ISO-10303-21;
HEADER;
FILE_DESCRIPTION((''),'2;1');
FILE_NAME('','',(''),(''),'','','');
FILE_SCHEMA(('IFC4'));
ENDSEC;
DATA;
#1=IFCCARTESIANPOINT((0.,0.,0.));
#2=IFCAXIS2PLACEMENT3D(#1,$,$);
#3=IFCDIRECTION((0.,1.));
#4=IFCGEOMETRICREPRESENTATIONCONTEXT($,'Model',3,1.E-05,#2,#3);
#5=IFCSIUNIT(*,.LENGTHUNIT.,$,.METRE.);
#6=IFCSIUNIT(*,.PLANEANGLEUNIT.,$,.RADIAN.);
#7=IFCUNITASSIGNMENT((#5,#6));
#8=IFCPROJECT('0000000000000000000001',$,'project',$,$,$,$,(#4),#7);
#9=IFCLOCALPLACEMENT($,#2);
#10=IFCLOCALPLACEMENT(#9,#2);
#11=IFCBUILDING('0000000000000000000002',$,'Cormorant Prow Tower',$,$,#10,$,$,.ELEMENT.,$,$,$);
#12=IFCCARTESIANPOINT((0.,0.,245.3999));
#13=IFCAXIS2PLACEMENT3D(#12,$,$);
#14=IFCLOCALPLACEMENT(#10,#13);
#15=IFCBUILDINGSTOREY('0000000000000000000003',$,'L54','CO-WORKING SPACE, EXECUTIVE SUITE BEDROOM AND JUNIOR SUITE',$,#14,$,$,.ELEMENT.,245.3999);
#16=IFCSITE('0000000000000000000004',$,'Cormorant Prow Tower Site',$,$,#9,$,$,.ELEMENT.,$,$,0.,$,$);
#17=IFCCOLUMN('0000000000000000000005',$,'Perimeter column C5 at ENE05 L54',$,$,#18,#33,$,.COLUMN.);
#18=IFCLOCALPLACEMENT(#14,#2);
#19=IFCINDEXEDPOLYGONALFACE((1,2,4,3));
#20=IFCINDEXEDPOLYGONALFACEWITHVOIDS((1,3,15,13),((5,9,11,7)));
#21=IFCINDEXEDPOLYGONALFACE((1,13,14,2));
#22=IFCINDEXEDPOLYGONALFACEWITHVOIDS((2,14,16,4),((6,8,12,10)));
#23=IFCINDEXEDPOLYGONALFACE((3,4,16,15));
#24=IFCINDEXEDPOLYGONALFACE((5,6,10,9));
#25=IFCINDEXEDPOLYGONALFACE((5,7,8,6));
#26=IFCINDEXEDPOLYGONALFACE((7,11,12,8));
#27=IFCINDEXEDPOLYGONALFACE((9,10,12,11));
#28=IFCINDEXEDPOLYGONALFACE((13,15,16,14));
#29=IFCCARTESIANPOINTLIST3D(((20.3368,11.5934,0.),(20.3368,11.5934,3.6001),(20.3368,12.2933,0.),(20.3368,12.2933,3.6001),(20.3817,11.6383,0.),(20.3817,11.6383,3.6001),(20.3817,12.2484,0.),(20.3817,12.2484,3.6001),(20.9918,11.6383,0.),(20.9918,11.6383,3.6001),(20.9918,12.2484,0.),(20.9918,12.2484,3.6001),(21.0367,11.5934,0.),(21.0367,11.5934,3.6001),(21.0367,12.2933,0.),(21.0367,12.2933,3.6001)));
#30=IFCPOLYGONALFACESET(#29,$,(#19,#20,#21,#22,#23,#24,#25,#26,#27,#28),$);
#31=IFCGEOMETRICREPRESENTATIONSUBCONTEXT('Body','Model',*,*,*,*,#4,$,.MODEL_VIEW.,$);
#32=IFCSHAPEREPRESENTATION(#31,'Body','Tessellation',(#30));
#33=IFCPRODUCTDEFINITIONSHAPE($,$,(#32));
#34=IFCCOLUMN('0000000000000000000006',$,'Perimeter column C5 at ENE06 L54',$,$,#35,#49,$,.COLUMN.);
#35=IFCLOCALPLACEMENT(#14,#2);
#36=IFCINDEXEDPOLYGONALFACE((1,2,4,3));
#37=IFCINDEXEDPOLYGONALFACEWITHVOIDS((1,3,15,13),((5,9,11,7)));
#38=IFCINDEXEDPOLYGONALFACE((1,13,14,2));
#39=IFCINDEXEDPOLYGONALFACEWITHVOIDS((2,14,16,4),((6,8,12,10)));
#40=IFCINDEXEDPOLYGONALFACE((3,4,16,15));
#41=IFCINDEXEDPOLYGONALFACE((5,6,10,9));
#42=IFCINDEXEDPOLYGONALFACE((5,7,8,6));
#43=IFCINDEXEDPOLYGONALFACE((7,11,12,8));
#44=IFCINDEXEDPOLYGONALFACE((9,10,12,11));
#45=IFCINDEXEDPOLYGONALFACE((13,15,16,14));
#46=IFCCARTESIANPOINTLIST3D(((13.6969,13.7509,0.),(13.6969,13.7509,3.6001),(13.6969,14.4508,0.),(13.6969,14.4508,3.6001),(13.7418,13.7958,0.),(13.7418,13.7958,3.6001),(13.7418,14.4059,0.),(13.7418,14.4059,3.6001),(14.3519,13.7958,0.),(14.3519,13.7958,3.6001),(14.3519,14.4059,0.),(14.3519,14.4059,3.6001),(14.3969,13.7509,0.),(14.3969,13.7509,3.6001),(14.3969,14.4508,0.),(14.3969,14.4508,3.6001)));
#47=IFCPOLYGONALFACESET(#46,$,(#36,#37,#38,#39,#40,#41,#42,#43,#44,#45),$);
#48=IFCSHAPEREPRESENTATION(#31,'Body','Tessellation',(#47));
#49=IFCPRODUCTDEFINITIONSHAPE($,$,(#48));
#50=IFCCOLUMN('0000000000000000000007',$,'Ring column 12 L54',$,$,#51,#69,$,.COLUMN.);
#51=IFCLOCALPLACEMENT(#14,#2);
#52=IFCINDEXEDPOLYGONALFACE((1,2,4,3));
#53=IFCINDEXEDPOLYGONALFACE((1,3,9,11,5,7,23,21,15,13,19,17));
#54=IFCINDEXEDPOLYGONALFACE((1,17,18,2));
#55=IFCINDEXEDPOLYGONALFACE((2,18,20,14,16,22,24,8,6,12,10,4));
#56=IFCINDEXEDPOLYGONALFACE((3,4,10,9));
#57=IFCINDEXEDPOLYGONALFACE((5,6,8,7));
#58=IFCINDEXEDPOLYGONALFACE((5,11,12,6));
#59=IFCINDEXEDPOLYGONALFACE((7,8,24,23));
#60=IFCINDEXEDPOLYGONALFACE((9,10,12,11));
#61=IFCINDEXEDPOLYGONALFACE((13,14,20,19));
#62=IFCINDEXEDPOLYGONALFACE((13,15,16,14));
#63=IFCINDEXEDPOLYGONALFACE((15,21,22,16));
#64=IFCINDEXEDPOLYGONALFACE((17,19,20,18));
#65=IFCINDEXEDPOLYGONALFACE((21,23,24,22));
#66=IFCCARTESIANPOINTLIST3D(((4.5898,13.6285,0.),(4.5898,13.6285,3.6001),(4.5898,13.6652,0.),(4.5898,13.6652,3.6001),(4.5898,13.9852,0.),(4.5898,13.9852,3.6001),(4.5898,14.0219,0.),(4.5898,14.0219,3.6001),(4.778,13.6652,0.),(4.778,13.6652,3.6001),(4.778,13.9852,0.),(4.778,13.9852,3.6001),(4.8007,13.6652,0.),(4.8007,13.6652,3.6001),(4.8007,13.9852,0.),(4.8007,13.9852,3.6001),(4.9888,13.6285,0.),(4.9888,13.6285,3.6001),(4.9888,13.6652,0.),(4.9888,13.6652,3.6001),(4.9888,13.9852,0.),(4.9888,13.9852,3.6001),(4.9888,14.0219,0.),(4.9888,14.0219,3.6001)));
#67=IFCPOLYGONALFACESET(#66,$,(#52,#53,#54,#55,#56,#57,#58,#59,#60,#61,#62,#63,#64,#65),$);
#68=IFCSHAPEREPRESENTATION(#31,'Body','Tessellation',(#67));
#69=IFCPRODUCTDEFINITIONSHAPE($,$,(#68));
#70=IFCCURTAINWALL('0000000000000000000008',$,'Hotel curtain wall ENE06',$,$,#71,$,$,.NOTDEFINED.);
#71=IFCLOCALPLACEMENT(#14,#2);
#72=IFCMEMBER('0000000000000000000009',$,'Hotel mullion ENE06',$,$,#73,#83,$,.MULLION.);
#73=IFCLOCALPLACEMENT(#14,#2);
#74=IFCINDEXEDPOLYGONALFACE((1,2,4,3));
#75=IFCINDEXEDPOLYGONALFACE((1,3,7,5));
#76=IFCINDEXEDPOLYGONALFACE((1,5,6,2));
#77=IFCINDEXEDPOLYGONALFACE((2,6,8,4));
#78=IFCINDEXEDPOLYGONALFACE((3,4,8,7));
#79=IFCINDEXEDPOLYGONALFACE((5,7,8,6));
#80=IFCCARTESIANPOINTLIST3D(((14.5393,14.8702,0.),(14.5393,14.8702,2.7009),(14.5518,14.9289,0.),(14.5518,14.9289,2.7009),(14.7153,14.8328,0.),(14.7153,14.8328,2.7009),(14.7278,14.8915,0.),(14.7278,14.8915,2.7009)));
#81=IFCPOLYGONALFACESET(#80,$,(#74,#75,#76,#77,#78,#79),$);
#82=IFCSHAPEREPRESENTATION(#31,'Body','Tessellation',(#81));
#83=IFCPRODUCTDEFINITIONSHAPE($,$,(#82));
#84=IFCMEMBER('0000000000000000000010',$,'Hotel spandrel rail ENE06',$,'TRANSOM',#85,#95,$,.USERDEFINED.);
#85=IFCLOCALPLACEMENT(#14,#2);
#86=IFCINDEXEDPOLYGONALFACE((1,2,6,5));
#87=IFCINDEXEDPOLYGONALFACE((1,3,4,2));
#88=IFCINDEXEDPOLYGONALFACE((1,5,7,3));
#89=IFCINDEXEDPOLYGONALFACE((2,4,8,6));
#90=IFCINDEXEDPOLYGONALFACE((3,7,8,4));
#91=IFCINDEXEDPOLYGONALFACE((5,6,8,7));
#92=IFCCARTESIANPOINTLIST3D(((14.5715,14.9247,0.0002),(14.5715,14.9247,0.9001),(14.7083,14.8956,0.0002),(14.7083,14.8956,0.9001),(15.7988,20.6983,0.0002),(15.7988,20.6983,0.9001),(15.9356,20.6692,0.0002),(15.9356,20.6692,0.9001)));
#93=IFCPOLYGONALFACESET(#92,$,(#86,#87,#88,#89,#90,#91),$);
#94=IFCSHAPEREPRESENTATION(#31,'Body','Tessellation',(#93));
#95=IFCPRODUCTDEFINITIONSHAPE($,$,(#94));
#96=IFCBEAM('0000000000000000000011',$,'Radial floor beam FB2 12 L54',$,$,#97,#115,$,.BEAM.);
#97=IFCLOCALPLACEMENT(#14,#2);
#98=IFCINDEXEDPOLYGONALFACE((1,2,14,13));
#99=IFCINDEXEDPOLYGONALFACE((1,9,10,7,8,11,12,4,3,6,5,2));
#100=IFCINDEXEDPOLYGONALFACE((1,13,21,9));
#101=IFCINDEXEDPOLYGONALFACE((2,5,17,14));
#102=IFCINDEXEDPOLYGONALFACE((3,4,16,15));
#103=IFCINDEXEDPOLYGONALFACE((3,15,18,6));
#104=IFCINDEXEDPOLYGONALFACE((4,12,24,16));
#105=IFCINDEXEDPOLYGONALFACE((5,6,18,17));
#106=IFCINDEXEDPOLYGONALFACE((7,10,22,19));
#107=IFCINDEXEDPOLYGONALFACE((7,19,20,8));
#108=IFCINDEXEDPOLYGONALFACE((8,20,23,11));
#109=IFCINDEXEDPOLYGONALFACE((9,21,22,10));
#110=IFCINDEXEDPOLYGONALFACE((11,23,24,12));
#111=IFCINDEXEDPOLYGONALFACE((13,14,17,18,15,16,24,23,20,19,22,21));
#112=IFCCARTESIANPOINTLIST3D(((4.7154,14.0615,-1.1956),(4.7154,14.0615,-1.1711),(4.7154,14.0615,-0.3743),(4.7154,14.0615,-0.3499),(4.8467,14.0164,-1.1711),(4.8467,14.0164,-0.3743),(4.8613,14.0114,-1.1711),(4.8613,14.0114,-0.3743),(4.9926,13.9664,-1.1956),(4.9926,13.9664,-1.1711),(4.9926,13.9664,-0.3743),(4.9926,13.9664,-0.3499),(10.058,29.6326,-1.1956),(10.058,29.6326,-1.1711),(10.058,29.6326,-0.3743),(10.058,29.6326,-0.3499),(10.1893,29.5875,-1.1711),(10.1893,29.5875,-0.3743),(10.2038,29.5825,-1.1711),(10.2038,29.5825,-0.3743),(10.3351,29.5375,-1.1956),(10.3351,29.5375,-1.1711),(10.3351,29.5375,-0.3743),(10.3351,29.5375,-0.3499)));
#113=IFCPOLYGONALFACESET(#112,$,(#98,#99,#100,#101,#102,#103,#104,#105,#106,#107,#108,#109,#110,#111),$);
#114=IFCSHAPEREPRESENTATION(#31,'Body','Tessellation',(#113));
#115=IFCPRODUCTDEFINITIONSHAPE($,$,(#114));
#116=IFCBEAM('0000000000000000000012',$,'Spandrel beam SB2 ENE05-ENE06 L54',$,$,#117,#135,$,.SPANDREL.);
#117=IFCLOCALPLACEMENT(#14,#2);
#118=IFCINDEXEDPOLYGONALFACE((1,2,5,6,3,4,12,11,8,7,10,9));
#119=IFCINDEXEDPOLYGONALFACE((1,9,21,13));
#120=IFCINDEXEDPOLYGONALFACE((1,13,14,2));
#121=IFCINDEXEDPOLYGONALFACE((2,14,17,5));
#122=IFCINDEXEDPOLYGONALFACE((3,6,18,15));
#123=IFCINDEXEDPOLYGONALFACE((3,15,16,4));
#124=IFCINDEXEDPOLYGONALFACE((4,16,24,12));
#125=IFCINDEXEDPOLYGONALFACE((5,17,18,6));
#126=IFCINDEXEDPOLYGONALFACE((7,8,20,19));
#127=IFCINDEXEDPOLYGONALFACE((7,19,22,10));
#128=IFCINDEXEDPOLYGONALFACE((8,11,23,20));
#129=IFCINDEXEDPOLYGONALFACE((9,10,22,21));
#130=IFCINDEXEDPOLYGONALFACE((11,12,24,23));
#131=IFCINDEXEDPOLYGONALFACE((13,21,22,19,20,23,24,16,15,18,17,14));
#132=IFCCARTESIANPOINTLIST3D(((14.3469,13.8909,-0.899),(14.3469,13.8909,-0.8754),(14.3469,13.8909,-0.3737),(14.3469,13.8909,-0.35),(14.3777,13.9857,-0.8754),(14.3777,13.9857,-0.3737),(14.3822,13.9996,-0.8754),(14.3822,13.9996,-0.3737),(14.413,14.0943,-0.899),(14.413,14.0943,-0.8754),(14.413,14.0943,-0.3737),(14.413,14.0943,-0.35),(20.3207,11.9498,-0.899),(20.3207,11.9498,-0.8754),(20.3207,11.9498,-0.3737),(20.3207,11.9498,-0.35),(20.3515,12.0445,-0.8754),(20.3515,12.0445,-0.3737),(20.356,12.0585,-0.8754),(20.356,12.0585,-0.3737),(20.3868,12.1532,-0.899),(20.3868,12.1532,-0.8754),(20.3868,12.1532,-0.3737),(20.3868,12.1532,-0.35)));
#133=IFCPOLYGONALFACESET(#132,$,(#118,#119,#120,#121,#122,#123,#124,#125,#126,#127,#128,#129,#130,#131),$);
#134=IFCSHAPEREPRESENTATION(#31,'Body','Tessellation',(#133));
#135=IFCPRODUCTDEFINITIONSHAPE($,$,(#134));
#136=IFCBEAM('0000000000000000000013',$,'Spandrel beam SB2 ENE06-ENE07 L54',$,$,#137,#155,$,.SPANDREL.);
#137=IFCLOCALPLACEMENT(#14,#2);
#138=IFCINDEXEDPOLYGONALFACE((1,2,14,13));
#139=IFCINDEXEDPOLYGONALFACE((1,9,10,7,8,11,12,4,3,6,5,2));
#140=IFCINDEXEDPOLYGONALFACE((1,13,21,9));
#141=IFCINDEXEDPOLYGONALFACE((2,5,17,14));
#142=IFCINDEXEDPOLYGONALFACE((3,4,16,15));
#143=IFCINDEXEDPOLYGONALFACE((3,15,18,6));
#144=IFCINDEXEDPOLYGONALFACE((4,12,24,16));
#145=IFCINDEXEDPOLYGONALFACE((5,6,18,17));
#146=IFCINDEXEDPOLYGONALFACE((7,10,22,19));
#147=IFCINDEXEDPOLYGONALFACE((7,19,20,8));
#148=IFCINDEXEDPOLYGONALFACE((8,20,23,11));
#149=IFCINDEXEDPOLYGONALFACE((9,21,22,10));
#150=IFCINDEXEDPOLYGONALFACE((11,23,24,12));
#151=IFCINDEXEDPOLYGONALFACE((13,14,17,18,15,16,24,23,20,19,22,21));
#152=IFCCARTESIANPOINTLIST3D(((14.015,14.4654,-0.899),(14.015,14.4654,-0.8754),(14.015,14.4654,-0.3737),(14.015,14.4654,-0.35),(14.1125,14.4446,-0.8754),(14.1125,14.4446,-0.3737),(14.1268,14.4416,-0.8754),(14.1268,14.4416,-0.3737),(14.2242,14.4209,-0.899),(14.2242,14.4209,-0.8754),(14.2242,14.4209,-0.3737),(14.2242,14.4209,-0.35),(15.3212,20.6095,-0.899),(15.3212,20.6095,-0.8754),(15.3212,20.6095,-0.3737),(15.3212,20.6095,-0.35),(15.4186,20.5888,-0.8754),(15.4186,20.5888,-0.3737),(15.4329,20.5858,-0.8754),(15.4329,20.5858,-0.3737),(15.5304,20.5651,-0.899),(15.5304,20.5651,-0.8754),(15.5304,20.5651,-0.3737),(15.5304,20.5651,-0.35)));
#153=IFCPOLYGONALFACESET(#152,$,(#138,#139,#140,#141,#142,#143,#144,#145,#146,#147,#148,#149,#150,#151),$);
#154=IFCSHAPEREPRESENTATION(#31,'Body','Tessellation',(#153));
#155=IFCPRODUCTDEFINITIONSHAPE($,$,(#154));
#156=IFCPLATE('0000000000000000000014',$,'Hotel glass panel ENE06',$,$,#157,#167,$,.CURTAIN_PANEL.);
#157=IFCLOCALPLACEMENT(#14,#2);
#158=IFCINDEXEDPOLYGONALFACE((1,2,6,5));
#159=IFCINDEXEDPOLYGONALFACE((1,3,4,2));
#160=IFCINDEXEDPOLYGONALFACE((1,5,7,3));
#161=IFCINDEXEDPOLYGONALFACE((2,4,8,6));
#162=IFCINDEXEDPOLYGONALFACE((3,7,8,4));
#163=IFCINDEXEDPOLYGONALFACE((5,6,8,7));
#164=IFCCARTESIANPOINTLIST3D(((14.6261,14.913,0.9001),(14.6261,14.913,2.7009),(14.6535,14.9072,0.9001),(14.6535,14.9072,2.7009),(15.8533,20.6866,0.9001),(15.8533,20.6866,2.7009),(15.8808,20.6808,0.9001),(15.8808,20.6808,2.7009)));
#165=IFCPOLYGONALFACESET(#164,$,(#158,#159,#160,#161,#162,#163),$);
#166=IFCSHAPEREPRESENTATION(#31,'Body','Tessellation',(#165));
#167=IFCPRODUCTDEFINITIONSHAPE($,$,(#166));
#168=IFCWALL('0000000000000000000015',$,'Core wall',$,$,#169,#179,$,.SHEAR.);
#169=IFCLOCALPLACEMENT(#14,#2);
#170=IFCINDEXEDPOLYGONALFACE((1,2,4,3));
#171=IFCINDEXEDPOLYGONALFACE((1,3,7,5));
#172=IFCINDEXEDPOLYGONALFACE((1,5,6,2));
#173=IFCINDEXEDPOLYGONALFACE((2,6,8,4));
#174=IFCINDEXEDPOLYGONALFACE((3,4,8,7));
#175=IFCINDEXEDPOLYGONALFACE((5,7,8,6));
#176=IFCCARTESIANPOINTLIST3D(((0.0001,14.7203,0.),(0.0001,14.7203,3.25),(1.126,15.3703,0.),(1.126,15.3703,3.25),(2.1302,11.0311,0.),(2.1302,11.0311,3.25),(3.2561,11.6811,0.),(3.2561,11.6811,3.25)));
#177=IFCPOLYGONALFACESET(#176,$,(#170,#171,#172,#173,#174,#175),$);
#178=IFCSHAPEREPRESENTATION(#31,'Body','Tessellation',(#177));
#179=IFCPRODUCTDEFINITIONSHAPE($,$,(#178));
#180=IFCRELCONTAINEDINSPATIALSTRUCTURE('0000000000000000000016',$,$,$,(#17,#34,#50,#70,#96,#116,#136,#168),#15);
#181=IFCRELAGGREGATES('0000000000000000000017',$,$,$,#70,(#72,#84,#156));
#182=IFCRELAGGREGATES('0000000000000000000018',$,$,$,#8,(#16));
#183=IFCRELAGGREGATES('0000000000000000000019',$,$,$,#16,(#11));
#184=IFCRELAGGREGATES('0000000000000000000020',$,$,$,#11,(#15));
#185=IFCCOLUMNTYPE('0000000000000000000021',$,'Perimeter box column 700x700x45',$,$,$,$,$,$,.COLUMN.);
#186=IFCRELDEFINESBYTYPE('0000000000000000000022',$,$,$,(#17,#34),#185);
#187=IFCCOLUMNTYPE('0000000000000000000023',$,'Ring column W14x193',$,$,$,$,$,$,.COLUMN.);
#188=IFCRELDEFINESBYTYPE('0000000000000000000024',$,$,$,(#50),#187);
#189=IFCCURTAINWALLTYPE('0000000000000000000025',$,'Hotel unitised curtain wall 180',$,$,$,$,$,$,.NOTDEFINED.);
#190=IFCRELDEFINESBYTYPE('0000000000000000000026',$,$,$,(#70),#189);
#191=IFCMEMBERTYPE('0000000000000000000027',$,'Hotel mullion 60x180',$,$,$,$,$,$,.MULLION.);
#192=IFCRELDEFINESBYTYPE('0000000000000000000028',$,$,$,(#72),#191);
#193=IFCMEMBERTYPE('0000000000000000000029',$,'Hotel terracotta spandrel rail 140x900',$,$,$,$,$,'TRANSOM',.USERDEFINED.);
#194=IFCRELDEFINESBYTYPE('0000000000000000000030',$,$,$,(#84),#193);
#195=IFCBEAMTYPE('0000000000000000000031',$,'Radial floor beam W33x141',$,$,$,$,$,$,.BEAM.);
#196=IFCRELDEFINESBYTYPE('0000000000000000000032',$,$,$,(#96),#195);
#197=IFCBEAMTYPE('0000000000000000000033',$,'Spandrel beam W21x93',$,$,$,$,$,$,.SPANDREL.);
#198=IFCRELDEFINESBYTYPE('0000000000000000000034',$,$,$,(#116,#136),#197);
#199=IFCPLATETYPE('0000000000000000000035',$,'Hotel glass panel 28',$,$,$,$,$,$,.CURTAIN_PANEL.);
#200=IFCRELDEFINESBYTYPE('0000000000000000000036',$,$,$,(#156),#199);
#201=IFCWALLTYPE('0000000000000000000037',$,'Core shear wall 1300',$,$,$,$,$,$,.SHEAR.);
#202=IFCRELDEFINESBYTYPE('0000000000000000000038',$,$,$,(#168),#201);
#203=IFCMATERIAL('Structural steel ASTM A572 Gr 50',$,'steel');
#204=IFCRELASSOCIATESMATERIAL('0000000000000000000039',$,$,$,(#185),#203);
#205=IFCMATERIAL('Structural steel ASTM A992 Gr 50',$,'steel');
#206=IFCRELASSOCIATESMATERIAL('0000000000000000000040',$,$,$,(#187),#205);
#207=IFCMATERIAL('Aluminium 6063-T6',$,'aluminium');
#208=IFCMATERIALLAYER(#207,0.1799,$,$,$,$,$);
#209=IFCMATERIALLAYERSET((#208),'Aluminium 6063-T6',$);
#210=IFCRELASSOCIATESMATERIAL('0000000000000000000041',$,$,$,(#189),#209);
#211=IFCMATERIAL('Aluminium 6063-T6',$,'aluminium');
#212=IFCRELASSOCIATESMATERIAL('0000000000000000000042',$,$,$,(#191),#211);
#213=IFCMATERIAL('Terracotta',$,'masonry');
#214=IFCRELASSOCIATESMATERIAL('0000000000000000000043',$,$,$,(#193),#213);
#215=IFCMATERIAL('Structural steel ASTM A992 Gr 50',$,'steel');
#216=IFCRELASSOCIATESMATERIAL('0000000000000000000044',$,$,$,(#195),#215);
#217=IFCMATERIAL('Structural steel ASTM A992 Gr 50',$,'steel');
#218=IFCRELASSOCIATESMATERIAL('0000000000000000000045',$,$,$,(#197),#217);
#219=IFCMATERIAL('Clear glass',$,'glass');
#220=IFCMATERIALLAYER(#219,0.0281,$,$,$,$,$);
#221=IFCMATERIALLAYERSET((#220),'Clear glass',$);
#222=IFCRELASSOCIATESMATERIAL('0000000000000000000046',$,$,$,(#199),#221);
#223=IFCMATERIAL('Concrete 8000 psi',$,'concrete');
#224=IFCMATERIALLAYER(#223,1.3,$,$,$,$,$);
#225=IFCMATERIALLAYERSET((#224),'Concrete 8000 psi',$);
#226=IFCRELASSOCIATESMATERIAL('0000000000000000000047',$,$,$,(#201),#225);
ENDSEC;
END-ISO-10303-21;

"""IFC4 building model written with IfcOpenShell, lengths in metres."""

from ifc_helpers import new_model, si_unit, direction, frame, frame_2d, origin, origin_2d, place, context, subcontext, project, spatial, rectangle, hollow_rectangle, i_section, extrude, material, layer, layer_set, material_profile, profile_set, type_object, element, aggregate, save


model = new_model("IFC4")

# Units and contexts
model_context = context("Model", 3, precision=1e-05, world=origin(), true_north=direction((0.0, 1.0)))
body_context = subcontext(model_context, "Body", "Model", "MODEL_VIEW")
ifc_project = project(units=[si_unit("LENGTHUNIT", "METRE"), si_unit("PLANEANGLEUNIT", "RADIAN")], contexts=[model_context])

# Site, building, storey
site_placement = place(None, origin())
site = spatial("IfcSite", under=ifc_project, at=site_placement, Name="Cormorant Prow Tower Site", CompositionType="ELEMENT", RefElevation=0.0)
building_placement = place(site_placement, origin())
building = spatial("IfcBuilding", under=site, at=building_placement, Name="Cormorant Prow Tower", CompositionType="ELEMENT")
storey_placement = place(building_placement, frame((0.0, 0.0, 245.3999)))
storey = spatial("IfcBuildingStorey", under=building, at=storey_placement, Name="L54", Description="CO-WORKING SPACE, EXECUTIVE SUITE BEDROOM AND JUNIOR SUITE", CompositionType="ELEMENT", Elevation=245.3999)

# Columns
ifc_material_1 = material(Name="Structural steel ASTM A572 Gr 50", Category="steel")
ifc_material_profile_1 = material_profile(ifc_material_1, hollow_rectangle(XDim=0.7, YDim=0.7, WallThickness=0.0449, at=origin_2d()), Name="Box 700x700x45")
ifc_profile_set_1 = profile_set([ifc_material_profile_1], Name="Structural steel ASTM A572 Gr 50")
column_type_1 = type_object("IfcColumnType", Name="Perimeter box column 700x700x45", PredefinedType="COLUMN", material=ifc_profile_set_1)
for number, where, z_axis, x_axis, name in (
    (1, (20.6868, 11.9434, 0.0), (0.0, 0.0, 1.0), (1.0, 0.0, 0.0), "Perimeter column C5 at ENE05 L54"),
    (2, (14.0469, 14.1008, 0.0), (0.0, 0.0, 1.0), (1.0, 0.0, 0.0), "Perimeter column C5 at ENE06 L54"),
):
    element("IfcColumn", number, at=place(storey_placement, frame(where, z_axis=z_axis, x_axis=x_axis)), inside=storey, type_object=column_type_1, Name=name, PredefinedType="COLUMN", context=body_context, shape_type="SweptSolid", body=[
        extrude(hollow_rectangle(XDim=0.7, YDim=0.7, WallThickness=0.0449, at=origin_2d()), origin(), (0.0, 0.0, 1.0), 3.6001),
    ])
ifc_material_2 = material(Name="Structural steel ASTM A992 Gr 50", Category="steel")
ifc_material_profile_2 = material_profile(ifc_material_2, i_section(OverallWidth=0.3989, OverallDepth=0.3933, WebThickness=0.0227, FlangeThickness=0.0366, at=origin_2d()), Name="W14x193")
ifc_profile_set_2 = profile_set([ifc_material_profile_2], Name="Structural steel ASTM A992 Gr 50")
column_type_2 = type_object("IfcColumnType", Name="Ring column W14x193", PredefinedType="COLUMN", material=ifc_profile_set_2)
column_placement = place(storey_placement, frame((4.7893, 13.8252, 0.0), z_axis=(0.0, 0.0, 1.0), x_axis=(1.0, 0.0, 0.0)))
element("IfcColumn", 3, at=column_placement, inside=storey, type_object=column_type_2, Name="Ring column 12 L54", PredefinedType="COLUMN", context=body_context, shape_type="SweptSolid", body=[
    extrude(i_section(OverallWidth=0.3989, OverallDepth=0.3933, WebThickness=0.0227, FlangeThickness=0.0366, at=origin_2d()), origin(), (0.0, 0.0, 1.0), 3.6001),
])

# Curtain wall, members
ifc_material_3 = material(Name="Aluminium 6063-T6", Category="aluminium")
ifc_layer_1 = layer(ifc_material_3, 0.1799)
ifc_layer_set_1 = layer_set([ifc_layer_1], Name="Aluminium 6063-T6")
curtain_wall_type = type_object("IfcCurtainWallType", Name="Hotel unitised curtain wall 180", PredefinedType="NOTDEFINED", material=ifc_layer_set_1)
curtain_wall_placement = place(storey_placement, origin())
curtain_wall = element("IfcCurtainWall", 4, at=curtain_wall_placement, inside=storey, type_object=curtain_wall_type, Name="Hotel curtain wall ENE06", PredefinedType="NOTDEFINED")
ifc_material_4 = material(Name="Aluminium 6063-T6", Category="aluminium")
ifc_material_profile_3 = material_profile(ifc_material_4, rectangle(XDim=0.1799, YDim=0.0601, at=origin_2d()), Name="Hotel mullion 60x180")
ifc_profile_set_3 = profile_set([ifc_material_profile_3], Name="Aluminium 6063-T6")
member_type_1 = type_object("IfcMemberType", Name="Hotel mullion 60x180", PredefinedType="MULLION", material=ifc_profile_set_3)
member_1_placement = place(storey_placement, frame((14.6335, 14.8809, 0.0), z_axis=(0.0, 0.0, 1.0), x_axis=(-0.978148, 0.207912, 0.0)))
member_1 = element("IfcMember", 5, at=member_1_placement, type_object=member_type_1, Name="Hotel mullion ENE06", PredefinedType="MULLION", context=body_context, shape_type="SweptSolid", body=[
    extrude(rectangle(XDim=0.1799, YDim=0.0601, at=origin_2d()), origin(), (0.0, 0.0, 1.0), 2.7009),
])
ifc_material_5 = material(Name="Terracotta", Category="masonry")
ifc_material_profile_4 = material_profile(ifc_material_5, rectangle(XDim=0.1399, YDim=0.8999, at=origin_2d()), Name="Hotel terracotta spandrel rail 140x900")
ifc_profile_set_4 = profile_set([ifc_material_profile_4], Name="Terracotta")
member_type_2 = type_object("IfcMemberType", Name="Hotel terracotta spandrel rail 140x900", ElementType="TRANSOM", PredefinedType="USERDEFINED", material=ifc_profile_set_4)
member_2_placement = place(storey_placement, frame((14.6399, 14.9102, 0.4502), z_axis=(0.207922, 0.978145, 0.0), x_axis=(-0.978145, 0.207922, 0.0)))
member_2 = element("IfcMember", 6, at=member_2_placement, type_object=member_type_2, Name="Hotel spandrel rail ENE06", ObjectType="TRANSOM", PredefinedType="USERDEFINED", context=body_context, shape_type="SweptSolid", body=[
    extrude(rectangle(XDim=0.1399, YDim=0.8999, at=origin_2d()), origin(), (0.0, 0.0, 1.0), 5.9026),
])

# Beams
ifc_material_6 = material(Name="Structural steel ASTM A992 Gr 50", Category="steel")
ifc_material_profile_5 = material_profile(ifc_material_6, i_section(OverallWidth=0.293, OverallDepth=0.8457, WebThickness=0.0154, FlangeThickness=0.0244, at=origin_2d()), Name="W33x141")
ifc_profile_set_5 = profile_set([ifc_material_profile_5], Name="Structural steel ASTM A992 Gr 50")
beam_type_1 = type_object("IfcBeamType", Name="Radial floor beam W33x141", PredefinedType="BEAM", material=ifc_profile_set_5)
beam_1_placement = place(storey_placement, frame((4.854, 14.0139, -0.7727), z_axis=(0.324536, 0.945874, 0.0), x_axis=(-0.945874, 0.324536, 0.0)))
element("IfcBeam", 7, at=beam_1_placement, inside=storey, type_object=beam_type_1, Name="Radial floor beam FB2 12 L54", PredefinedType="BEAM", context=body_context, shape_type="SweptSolid", body=[
    extrude(i_section(OverallWidth=0.293, OverallDepth=0.8457, WebThickness=0.0154, FlangeThickness=0.0244, at=origin_2d()), origin(), (0.0, 0.0, 1.0), 16.4622),
])
ifc_material_7 = material(Name="Structural steel ASTM A992 Gr 50", Category="steel")
ifc_material_profile_6 = material_profile(ifc_material_7, i_section(OverallWidth=0.2139, OverallDepth=0.5491, WebThickness=0.0146, FlangeThickness=0.0237, at=origin_2d()), Name="W21x93")
ifc_profile_set_6 = profile_set([ifc_material_profile_6], Name="Structural steel ASTM A992 Gr 50")
beam_type_2 = type_object("IfcBeamType", Name="Spandrel beam W21x93", PredefinedType="SPANDREL", material=ifc_profile_set_6)
beam_2_placement = place(storey_placement, frame((20.3538, 12.0515, -0.6245), z_axis=(-0.95105, 0.309036, 0.0), x_axis=(-0.309036, -0.95105, 0.0)))
element("IfcBeam", 8, at=beam_2_placement, inside=storey, type_object=beam_type_2, Name="Spandrel beam SB2 ENE05-ENE06 L54", PredefinedType="SPANDREL", context=body_context, shape_type="SweptSolid", body=[
    extrude(i_section(OverallWidth=0.2139, OverallDepth=0.5491, WebThickness=0.0146, FlangeThickness=0.0237, at=origin_2d()), origin(), (0.0, 0.0, 1.0), 6.2812),
])
beam_3_placement = place(storey_placement, frame((14.1196, 14.4431, -0.6245), z_axis=(0.207934, 0.978143, 0.0), x_axis=(-0.978143, 0.207934, 0.0)))
element("IfcBeam", 9, at=beam_3_placement, inside=storey, type_object=beam_type_2, Name="Spandrel beam SB2 ENE06-ENE07 L54", PredefinedType="SPANDREL", context=body_context, shape_type="SweptSolid", body=[
    extrude(i_section(OverallWidth=0.2139, OverallDepth=0.5491, WebThickness=0.0146, FlangeThickness=0.0237, at=origin_2d()), origin(), (0.0, 0.0, 1.0), 6.2815),
])

# Plate
ifc_material_8 = material(Name="Clear glass", Category="glass")
ifc_layer_2 = layer(ifc_material_8, 0.0281)
ifc_layer_set_2 = layer_set([ifc_layer_2], Name="Clear glass")
plate_type = type_object("IfcPlateType", Name="Hotel glass panel 28", PredefinedType="CURTAIN_PANEL", material=ifc_layer_set_2)
plate_placement = place(storey_placement, frame((15.2534, 17.7969, 0.9001), z_axis=(0.0, 0.0, 1.0), x_axis=(0.207912, 0.978148, 0.0)))
plate = element("IfcPlate", 10, at=plate_placement, type_object=plate_type, Name="Hotel glass panel ENE06", PredefinedType="CURTAIN_PANEL", context=body_context, shape_type="SweptSolid", body=[
    extrude(rectangle(XDim=5.9026, YDim=0.0281, at=origin_2d()), origin(), (0.0, 0.0, 1.0), 1.8008),
])
aggregate(curtain_wall, [member_1, member_2, plate])

# Wall
ifc_material_9 = material(Name="Concrete 8000 psi", Category="concrete")
ifc_layer_3 = layer(ifc_material_9, 1.3)
ifc_layer_set_3 = layer_set([ifc_layer_3], Name="Concrete 8000 psi")
wall_type_1 = type_object("IfcWallType", Name="Core shear wall 1300", PredefinedType="SHEAR", material=ifc_layer_set_3)
wall_1_placement = place(storey_placement, frame((2.6931, 11.3562, 0.0), z_axis=(0.0, 0.0, 1.0), x_axis=(-0.500028, 0.866009, 0.0)))
element("IfcWall", 11, at=wall_1_placement, inside=storey, type_object=wall_type_1, Name="Core wall", PredefinedType="SHEAR", context=body_context, shape_type="SweptSolid", body=[
    extrude(rectangle(XDim=4.26, YDim=1.3, at=frame_2d((2.1299, 0.0))), origin(), (0.0, 0.0, 1.0), 3.25),
])

save(model, "model.ifc")
